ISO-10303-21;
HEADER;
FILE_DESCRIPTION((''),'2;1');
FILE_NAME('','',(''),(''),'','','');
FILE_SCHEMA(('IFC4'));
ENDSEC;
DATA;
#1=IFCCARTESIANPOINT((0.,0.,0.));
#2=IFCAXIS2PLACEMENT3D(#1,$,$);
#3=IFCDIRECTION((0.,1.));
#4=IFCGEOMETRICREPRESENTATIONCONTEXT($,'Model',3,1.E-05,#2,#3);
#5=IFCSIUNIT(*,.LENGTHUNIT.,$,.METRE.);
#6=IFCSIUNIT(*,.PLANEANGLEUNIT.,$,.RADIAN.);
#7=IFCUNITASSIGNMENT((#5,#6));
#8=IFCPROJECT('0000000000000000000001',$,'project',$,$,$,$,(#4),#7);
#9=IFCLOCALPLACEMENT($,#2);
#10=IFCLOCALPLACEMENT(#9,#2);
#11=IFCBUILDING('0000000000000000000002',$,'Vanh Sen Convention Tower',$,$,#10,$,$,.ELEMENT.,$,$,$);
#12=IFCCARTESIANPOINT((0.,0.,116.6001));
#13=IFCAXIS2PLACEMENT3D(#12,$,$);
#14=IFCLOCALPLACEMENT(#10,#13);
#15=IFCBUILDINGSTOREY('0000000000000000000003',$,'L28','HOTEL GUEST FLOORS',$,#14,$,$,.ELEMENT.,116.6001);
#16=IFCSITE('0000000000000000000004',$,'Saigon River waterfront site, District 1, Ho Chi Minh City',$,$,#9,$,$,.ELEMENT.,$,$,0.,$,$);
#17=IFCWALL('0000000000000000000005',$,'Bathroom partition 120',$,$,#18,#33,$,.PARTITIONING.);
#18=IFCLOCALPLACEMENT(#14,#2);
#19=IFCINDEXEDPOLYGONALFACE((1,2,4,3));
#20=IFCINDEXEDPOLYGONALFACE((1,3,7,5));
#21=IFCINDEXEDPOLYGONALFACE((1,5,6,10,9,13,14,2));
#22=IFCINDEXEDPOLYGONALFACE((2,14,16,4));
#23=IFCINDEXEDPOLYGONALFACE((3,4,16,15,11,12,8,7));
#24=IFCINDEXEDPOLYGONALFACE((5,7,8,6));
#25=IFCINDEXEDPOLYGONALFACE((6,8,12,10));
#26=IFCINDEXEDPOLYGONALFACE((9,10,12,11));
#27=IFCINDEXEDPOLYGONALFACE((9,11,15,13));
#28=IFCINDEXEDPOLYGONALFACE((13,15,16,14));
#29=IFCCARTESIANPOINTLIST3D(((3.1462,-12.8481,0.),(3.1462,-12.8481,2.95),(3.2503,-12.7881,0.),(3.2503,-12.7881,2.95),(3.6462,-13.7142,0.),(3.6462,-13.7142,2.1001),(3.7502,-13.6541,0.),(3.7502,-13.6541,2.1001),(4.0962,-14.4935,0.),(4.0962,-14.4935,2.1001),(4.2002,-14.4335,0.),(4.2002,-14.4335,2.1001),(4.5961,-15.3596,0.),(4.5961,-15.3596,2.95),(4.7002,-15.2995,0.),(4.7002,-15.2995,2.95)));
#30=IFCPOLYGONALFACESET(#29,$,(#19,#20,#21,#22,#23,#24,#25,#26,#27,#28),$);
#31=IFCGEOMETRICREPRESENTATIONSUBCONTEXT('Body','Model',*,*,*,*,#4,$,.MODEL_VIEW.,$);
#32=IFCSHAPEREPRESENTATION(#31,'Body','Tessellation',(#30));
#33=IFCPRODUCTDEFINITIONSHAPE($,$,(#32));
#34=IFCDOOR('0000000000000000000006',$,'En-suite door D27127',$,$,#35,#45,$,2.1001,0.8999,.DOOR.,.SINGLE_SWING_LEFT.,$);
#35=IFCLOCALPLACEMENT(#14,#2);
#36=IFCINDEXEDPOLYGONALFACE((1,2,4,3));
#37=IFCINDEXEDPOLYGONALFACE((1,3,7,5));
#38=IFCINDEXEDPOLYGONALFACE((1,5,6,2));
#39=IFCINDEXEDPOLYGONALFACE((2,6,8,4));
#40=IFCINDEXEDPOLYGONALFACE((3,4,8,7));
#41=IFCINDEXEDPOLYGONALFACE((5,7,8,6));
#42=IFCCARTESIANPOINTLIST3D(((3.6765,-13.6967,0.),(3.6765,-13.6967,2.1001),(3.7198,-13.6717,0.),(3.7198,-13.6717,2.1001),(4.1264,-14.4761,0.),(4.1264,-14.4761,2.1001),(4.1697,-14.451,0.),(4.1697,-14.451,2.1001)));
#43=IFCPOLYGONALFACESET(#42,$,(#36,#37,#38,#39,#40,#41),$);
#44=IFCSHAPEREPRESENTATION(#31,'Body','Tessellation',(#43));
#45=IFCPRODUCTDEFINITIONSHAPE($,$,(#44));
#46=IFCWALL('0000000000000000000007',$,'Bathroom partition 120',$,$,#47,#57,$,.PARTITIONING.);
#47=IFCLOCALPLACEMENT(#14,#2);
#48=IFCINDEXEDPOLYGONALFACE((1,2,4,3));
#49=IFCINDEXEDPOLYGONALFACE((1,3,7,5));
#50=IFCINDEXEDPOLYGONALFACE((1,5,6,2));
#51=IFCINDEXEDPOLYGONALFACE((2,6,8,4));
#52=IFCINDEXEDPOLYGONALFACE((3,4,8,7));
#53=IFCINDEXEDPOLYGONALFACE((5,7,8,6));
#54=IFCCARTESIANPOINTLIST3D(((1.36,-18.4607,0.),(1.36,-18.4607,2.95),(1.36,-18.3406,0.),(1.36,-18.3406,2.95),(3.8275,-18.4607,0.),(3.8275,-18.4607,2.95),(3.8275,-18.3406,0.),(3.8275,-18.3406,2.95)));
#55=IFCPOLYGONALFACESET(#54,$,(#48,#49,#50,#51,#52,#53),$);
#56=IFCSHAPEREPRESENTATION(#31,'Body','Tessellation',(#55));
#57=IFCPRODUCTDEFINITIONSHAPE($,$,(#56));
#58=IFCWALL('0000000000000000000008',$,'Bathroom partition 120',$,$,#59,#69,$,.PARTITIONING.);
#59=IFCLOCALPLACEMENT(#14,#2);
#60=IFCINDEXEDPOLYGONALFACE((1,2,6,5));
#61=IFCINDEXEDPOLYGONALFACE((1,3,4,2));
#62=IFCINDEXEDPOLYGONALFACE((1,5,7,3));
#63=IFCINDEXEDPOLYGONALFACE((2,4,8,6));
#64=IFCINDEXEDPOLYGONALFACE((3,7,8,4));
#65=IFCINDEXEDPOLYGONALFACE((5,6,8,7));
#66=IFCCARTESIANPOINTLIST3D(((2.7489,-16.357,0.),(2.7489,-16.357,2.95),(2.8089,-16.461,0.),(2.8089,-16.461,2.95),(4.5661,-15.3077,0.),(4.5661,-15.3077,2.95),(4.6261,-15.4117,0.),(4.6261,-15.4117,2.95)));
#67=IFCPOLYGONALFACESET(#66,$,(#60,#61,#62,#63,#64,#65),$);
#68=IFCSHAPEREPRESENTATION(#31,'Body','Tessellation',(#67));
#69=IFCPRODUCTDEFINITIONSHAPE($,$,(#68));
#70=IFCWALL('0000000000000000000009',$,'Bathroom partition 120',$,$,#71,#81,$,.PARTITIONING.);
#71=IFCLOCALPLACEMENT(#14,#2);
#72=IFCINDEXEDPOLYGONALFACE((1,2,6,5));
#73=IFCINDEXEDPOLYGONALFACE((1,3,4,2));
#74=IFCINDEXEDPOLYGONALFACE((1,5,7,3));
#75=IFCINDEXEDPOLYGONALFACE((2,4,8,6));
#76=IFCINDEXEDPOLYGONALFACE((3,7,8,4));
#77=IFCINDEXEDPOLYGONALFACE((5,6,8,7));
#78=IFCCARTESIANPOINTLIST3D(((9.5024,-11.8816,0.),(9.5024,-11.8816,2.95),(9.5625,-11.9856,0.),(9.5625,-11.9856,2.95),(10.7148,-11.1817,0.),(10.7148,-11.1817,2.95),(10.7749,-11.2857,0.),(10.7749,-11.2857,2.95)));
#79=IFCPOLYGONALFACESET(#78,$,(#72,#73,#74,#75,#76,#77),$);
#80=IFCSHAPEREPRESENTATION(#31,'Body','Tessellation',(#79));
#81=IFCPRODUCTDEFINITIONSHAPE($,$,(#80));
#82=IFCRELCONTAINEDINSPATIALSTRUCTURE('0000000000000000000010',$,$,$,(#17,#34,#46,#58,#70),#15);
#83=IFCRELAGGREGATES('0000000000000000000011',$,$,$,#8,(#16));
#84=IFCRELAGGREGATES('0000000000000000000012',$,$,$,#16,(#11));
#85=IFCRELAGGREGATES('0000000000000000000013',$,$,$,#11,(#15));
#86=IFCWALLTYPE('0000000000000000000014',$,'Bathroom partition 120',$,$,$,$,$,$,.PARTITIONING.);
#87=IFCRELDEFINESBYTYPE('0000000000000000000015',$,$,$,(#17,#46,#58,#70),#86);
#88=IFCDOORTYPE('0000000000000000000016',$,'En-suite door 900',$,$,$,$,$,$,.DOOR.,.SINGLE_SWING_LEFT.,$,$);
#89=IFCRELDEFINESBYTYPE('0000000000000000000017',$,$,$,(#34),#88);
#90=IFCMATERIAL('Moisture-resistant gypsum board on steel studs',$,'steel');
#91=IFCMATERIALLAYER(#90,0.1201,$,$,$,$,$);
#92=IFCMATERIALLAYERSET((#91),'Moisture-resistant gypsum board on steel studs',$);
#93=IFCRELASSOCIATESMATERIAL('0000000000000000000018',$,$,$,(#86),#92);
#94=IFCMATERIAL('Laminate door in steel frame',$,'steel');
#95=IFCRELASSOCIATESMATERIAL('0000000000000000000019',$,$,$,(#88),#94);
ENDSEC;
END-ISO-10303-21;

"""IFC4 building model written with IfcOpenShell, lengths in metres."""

from ifc_helpers import new_model, si_unit, direction, frame, frame_2d, origin, place, context, subcontext, project, spatial, rectangle, extrude, material, layer, layer_set, type_object, element, fill, save


model = new_model("IFC4")

# Units and contexts
model_context = context("Model", 3, precision=1e-05, world=origin(), true_north=direction((0.0, 1.0)))
body_context = subcontext(model_context, "Body", "Model", "MODEL_VIEW")
ifc_project = project(units=[si_unit("LENGTHUNIT", "METRE"), si_unit("PLANEANGLEUNIT", "RADIAN")], contexts=[model_context])

# Site, building, storey
site_placement = place(None, origin())
site = spatial("IfcSite", under=ifc_project, at=site_placement, Name="Saigon River waterfront site, District 1, Ho Chi Minh City", CompositionType="ELEMENT", RefElevation=0.0)
building_placement = place(site_placement, origin())
building = spatial("IfcBuilding", under=site, at=building_placement, Name="Vanh Sen Convention Tower", CompositionType="ELEMENT")
storey_placement = place(building_placement, frame((0.0, 0.0, 116.6001)))
storey = spatial("IfcBuildingStorey", under=building, at=storey_placement, Name="L28", Description="HOTEL GUEST FLOORS", CompositionType="ELEMENT", Elevation=116.6001)

# Wall, opening, door
ifc_material_1 = material(Name="Moisture-resistant gypsum board on steel studs", Category="steel")
ifc_layer_1 = layer(ifc_material_1, 0.1201)
ifc_layer_set_1 = layer_set([ifc_layer_1], Name="Moisture-resistant gypsum board on steel studs")
wall_type_1 = type_object("IfcWallType", Name="Bathroom partition 120", PredefinedType="PARTITIONING", material=ifc_layer_set_1)
wall_1_placement = place(storey_placement, frame((3.1982, -12.8181, 0.0), z_axis=(0.0, 0.0, 1.0), x_axis=(0.499987, -0.866033, 0.0)))
wall_1 = element("IfcWall", 1, at=wall_1_placement, inside=storey, type_object=wall_type_1, Name="Bathroom partition 120", PredefinedType="PARTITIONING", context=body_context, shape_type="SweptSolid", body=[
    extrude(rectangle(XDim=2.8999, YDim=0.1201, at=frame_2d((1.45, 0.0))), origin(), (0.0, 0.0, 1.0), 2.95),
])
opening_1_placement = place(wall_1_placement, frame((1.0, 0.0, 0.0)))
opening_1 = element("IfcOpeningElement", 2, at=opening_1_placement, cuts=wall_1, PredefinedType="OPENING", context=body_context, shape_type="SweptSolid", body=[
    extrude(rectangle(XDim=0.8999, YDim=2.1001, at=frame_2d((0.45, 1.05))), frame((0.0, 0.0701, 0.0), z_axis=(0.0, -1.0, 0.0), x_axis=(1.0, 0.0, 0.0)), (0.0, 0.0, 1.0), 0.1401),
])
ifc_material_2 = material(Name="Laminate door in steel frame", Category="steel")
door_type = type_object("IfcDoorType", Name="En-suite door 900", OperationType="SINGLE_SWING_LEFT", PredefinedType="DOOR", material=ifc_material_2)
door_placement = place(opening_1_placement, origin())
door = element("IfcDoor", 3, at=door_placement, inside=storey, type_object=door_type, Name="En-suite door D27127", OperationType="SINGLE_SWING_LEFT", OverallHeight=2.1001, OverallWidth=0.8999, PredefinedType="DOOR", context=body_context, shape_type="SweptSolid", body=[
    extrude(rectangle(XDim=0.8999, YDim=2.1001, at=frame_2d((0.45, 1.05))), frame((0.0, 0.0249, 0.0), z_axis=(0.0, -1.0, 0.0), x_axis=(1.0, 0.0, 0.0)), (0.0, 0.0, 1.0), 0.05),
])
fill(opening_1, door)

# Walls
wall_2_placement = place(storey_placement, frame((3.8276, -18.4006, 0.0), z_axis=(0.0, 0.0, 1.0), x_axis=(-1.0, 0.0, 0.0)))
element("IfcWall", 4, at=wall_2_placement, inside=storey, type_object=wall_type_1, Name="Bathroom partition 120", PredefinedType="PARTITIONING", context=body_context, shape_type="SweptSolid", body=[
    extrude(rectangle(XDim=2.4675, YDim=0.1201, at=frame_2d((1.2339, 0.0))), origin(), (0.0, 0.0, 1.0), 2.95),
])
wall_3_placement = place(storey_placement, frame((4.5962, -15.3596, 0.0), z_axis=(0.0, 0.0, 1.0), x_axis=(-0.865986, -0.500068, 0.0)))
element("IfcWall", 5, at=wall_3_placement, inside=storey, type_object=wall_type_1, Name="Bathroom partition 120", PredefinedType="PARTITIONING", context=body_context, shape_type="SweptSolid", body=[
    extrude(rectangle(XDim=2.0984, YDim=0.1201, at=frame_2d((1.0493, 0.0))), origin(), (0.0, 0.0, 1.0), 2.95),
])
wall_4_placement = place(storey_placement, frame((9.5325, -11.9336, 0.0), z_axis=(0.0, 0.0, 1.0), x_axis=(0.866035, 0.499984, 0.0)))
element("IfcWall", 6, at=wall_4_placement, inside=storey, type_object=wall_type_1, Name="Bathroom partition 120", PredefinedType="PARTITIONING", context=body_context, shape_type="SweptSolid", body=[
    extrude(rectangle(XDim=1.3999, YDim=0.1201, at=frame_2d((0.7, 0.0))), origin(), (0.0, 0.0, 1.0), 2.95),
])

save(model, "model.ifc")
